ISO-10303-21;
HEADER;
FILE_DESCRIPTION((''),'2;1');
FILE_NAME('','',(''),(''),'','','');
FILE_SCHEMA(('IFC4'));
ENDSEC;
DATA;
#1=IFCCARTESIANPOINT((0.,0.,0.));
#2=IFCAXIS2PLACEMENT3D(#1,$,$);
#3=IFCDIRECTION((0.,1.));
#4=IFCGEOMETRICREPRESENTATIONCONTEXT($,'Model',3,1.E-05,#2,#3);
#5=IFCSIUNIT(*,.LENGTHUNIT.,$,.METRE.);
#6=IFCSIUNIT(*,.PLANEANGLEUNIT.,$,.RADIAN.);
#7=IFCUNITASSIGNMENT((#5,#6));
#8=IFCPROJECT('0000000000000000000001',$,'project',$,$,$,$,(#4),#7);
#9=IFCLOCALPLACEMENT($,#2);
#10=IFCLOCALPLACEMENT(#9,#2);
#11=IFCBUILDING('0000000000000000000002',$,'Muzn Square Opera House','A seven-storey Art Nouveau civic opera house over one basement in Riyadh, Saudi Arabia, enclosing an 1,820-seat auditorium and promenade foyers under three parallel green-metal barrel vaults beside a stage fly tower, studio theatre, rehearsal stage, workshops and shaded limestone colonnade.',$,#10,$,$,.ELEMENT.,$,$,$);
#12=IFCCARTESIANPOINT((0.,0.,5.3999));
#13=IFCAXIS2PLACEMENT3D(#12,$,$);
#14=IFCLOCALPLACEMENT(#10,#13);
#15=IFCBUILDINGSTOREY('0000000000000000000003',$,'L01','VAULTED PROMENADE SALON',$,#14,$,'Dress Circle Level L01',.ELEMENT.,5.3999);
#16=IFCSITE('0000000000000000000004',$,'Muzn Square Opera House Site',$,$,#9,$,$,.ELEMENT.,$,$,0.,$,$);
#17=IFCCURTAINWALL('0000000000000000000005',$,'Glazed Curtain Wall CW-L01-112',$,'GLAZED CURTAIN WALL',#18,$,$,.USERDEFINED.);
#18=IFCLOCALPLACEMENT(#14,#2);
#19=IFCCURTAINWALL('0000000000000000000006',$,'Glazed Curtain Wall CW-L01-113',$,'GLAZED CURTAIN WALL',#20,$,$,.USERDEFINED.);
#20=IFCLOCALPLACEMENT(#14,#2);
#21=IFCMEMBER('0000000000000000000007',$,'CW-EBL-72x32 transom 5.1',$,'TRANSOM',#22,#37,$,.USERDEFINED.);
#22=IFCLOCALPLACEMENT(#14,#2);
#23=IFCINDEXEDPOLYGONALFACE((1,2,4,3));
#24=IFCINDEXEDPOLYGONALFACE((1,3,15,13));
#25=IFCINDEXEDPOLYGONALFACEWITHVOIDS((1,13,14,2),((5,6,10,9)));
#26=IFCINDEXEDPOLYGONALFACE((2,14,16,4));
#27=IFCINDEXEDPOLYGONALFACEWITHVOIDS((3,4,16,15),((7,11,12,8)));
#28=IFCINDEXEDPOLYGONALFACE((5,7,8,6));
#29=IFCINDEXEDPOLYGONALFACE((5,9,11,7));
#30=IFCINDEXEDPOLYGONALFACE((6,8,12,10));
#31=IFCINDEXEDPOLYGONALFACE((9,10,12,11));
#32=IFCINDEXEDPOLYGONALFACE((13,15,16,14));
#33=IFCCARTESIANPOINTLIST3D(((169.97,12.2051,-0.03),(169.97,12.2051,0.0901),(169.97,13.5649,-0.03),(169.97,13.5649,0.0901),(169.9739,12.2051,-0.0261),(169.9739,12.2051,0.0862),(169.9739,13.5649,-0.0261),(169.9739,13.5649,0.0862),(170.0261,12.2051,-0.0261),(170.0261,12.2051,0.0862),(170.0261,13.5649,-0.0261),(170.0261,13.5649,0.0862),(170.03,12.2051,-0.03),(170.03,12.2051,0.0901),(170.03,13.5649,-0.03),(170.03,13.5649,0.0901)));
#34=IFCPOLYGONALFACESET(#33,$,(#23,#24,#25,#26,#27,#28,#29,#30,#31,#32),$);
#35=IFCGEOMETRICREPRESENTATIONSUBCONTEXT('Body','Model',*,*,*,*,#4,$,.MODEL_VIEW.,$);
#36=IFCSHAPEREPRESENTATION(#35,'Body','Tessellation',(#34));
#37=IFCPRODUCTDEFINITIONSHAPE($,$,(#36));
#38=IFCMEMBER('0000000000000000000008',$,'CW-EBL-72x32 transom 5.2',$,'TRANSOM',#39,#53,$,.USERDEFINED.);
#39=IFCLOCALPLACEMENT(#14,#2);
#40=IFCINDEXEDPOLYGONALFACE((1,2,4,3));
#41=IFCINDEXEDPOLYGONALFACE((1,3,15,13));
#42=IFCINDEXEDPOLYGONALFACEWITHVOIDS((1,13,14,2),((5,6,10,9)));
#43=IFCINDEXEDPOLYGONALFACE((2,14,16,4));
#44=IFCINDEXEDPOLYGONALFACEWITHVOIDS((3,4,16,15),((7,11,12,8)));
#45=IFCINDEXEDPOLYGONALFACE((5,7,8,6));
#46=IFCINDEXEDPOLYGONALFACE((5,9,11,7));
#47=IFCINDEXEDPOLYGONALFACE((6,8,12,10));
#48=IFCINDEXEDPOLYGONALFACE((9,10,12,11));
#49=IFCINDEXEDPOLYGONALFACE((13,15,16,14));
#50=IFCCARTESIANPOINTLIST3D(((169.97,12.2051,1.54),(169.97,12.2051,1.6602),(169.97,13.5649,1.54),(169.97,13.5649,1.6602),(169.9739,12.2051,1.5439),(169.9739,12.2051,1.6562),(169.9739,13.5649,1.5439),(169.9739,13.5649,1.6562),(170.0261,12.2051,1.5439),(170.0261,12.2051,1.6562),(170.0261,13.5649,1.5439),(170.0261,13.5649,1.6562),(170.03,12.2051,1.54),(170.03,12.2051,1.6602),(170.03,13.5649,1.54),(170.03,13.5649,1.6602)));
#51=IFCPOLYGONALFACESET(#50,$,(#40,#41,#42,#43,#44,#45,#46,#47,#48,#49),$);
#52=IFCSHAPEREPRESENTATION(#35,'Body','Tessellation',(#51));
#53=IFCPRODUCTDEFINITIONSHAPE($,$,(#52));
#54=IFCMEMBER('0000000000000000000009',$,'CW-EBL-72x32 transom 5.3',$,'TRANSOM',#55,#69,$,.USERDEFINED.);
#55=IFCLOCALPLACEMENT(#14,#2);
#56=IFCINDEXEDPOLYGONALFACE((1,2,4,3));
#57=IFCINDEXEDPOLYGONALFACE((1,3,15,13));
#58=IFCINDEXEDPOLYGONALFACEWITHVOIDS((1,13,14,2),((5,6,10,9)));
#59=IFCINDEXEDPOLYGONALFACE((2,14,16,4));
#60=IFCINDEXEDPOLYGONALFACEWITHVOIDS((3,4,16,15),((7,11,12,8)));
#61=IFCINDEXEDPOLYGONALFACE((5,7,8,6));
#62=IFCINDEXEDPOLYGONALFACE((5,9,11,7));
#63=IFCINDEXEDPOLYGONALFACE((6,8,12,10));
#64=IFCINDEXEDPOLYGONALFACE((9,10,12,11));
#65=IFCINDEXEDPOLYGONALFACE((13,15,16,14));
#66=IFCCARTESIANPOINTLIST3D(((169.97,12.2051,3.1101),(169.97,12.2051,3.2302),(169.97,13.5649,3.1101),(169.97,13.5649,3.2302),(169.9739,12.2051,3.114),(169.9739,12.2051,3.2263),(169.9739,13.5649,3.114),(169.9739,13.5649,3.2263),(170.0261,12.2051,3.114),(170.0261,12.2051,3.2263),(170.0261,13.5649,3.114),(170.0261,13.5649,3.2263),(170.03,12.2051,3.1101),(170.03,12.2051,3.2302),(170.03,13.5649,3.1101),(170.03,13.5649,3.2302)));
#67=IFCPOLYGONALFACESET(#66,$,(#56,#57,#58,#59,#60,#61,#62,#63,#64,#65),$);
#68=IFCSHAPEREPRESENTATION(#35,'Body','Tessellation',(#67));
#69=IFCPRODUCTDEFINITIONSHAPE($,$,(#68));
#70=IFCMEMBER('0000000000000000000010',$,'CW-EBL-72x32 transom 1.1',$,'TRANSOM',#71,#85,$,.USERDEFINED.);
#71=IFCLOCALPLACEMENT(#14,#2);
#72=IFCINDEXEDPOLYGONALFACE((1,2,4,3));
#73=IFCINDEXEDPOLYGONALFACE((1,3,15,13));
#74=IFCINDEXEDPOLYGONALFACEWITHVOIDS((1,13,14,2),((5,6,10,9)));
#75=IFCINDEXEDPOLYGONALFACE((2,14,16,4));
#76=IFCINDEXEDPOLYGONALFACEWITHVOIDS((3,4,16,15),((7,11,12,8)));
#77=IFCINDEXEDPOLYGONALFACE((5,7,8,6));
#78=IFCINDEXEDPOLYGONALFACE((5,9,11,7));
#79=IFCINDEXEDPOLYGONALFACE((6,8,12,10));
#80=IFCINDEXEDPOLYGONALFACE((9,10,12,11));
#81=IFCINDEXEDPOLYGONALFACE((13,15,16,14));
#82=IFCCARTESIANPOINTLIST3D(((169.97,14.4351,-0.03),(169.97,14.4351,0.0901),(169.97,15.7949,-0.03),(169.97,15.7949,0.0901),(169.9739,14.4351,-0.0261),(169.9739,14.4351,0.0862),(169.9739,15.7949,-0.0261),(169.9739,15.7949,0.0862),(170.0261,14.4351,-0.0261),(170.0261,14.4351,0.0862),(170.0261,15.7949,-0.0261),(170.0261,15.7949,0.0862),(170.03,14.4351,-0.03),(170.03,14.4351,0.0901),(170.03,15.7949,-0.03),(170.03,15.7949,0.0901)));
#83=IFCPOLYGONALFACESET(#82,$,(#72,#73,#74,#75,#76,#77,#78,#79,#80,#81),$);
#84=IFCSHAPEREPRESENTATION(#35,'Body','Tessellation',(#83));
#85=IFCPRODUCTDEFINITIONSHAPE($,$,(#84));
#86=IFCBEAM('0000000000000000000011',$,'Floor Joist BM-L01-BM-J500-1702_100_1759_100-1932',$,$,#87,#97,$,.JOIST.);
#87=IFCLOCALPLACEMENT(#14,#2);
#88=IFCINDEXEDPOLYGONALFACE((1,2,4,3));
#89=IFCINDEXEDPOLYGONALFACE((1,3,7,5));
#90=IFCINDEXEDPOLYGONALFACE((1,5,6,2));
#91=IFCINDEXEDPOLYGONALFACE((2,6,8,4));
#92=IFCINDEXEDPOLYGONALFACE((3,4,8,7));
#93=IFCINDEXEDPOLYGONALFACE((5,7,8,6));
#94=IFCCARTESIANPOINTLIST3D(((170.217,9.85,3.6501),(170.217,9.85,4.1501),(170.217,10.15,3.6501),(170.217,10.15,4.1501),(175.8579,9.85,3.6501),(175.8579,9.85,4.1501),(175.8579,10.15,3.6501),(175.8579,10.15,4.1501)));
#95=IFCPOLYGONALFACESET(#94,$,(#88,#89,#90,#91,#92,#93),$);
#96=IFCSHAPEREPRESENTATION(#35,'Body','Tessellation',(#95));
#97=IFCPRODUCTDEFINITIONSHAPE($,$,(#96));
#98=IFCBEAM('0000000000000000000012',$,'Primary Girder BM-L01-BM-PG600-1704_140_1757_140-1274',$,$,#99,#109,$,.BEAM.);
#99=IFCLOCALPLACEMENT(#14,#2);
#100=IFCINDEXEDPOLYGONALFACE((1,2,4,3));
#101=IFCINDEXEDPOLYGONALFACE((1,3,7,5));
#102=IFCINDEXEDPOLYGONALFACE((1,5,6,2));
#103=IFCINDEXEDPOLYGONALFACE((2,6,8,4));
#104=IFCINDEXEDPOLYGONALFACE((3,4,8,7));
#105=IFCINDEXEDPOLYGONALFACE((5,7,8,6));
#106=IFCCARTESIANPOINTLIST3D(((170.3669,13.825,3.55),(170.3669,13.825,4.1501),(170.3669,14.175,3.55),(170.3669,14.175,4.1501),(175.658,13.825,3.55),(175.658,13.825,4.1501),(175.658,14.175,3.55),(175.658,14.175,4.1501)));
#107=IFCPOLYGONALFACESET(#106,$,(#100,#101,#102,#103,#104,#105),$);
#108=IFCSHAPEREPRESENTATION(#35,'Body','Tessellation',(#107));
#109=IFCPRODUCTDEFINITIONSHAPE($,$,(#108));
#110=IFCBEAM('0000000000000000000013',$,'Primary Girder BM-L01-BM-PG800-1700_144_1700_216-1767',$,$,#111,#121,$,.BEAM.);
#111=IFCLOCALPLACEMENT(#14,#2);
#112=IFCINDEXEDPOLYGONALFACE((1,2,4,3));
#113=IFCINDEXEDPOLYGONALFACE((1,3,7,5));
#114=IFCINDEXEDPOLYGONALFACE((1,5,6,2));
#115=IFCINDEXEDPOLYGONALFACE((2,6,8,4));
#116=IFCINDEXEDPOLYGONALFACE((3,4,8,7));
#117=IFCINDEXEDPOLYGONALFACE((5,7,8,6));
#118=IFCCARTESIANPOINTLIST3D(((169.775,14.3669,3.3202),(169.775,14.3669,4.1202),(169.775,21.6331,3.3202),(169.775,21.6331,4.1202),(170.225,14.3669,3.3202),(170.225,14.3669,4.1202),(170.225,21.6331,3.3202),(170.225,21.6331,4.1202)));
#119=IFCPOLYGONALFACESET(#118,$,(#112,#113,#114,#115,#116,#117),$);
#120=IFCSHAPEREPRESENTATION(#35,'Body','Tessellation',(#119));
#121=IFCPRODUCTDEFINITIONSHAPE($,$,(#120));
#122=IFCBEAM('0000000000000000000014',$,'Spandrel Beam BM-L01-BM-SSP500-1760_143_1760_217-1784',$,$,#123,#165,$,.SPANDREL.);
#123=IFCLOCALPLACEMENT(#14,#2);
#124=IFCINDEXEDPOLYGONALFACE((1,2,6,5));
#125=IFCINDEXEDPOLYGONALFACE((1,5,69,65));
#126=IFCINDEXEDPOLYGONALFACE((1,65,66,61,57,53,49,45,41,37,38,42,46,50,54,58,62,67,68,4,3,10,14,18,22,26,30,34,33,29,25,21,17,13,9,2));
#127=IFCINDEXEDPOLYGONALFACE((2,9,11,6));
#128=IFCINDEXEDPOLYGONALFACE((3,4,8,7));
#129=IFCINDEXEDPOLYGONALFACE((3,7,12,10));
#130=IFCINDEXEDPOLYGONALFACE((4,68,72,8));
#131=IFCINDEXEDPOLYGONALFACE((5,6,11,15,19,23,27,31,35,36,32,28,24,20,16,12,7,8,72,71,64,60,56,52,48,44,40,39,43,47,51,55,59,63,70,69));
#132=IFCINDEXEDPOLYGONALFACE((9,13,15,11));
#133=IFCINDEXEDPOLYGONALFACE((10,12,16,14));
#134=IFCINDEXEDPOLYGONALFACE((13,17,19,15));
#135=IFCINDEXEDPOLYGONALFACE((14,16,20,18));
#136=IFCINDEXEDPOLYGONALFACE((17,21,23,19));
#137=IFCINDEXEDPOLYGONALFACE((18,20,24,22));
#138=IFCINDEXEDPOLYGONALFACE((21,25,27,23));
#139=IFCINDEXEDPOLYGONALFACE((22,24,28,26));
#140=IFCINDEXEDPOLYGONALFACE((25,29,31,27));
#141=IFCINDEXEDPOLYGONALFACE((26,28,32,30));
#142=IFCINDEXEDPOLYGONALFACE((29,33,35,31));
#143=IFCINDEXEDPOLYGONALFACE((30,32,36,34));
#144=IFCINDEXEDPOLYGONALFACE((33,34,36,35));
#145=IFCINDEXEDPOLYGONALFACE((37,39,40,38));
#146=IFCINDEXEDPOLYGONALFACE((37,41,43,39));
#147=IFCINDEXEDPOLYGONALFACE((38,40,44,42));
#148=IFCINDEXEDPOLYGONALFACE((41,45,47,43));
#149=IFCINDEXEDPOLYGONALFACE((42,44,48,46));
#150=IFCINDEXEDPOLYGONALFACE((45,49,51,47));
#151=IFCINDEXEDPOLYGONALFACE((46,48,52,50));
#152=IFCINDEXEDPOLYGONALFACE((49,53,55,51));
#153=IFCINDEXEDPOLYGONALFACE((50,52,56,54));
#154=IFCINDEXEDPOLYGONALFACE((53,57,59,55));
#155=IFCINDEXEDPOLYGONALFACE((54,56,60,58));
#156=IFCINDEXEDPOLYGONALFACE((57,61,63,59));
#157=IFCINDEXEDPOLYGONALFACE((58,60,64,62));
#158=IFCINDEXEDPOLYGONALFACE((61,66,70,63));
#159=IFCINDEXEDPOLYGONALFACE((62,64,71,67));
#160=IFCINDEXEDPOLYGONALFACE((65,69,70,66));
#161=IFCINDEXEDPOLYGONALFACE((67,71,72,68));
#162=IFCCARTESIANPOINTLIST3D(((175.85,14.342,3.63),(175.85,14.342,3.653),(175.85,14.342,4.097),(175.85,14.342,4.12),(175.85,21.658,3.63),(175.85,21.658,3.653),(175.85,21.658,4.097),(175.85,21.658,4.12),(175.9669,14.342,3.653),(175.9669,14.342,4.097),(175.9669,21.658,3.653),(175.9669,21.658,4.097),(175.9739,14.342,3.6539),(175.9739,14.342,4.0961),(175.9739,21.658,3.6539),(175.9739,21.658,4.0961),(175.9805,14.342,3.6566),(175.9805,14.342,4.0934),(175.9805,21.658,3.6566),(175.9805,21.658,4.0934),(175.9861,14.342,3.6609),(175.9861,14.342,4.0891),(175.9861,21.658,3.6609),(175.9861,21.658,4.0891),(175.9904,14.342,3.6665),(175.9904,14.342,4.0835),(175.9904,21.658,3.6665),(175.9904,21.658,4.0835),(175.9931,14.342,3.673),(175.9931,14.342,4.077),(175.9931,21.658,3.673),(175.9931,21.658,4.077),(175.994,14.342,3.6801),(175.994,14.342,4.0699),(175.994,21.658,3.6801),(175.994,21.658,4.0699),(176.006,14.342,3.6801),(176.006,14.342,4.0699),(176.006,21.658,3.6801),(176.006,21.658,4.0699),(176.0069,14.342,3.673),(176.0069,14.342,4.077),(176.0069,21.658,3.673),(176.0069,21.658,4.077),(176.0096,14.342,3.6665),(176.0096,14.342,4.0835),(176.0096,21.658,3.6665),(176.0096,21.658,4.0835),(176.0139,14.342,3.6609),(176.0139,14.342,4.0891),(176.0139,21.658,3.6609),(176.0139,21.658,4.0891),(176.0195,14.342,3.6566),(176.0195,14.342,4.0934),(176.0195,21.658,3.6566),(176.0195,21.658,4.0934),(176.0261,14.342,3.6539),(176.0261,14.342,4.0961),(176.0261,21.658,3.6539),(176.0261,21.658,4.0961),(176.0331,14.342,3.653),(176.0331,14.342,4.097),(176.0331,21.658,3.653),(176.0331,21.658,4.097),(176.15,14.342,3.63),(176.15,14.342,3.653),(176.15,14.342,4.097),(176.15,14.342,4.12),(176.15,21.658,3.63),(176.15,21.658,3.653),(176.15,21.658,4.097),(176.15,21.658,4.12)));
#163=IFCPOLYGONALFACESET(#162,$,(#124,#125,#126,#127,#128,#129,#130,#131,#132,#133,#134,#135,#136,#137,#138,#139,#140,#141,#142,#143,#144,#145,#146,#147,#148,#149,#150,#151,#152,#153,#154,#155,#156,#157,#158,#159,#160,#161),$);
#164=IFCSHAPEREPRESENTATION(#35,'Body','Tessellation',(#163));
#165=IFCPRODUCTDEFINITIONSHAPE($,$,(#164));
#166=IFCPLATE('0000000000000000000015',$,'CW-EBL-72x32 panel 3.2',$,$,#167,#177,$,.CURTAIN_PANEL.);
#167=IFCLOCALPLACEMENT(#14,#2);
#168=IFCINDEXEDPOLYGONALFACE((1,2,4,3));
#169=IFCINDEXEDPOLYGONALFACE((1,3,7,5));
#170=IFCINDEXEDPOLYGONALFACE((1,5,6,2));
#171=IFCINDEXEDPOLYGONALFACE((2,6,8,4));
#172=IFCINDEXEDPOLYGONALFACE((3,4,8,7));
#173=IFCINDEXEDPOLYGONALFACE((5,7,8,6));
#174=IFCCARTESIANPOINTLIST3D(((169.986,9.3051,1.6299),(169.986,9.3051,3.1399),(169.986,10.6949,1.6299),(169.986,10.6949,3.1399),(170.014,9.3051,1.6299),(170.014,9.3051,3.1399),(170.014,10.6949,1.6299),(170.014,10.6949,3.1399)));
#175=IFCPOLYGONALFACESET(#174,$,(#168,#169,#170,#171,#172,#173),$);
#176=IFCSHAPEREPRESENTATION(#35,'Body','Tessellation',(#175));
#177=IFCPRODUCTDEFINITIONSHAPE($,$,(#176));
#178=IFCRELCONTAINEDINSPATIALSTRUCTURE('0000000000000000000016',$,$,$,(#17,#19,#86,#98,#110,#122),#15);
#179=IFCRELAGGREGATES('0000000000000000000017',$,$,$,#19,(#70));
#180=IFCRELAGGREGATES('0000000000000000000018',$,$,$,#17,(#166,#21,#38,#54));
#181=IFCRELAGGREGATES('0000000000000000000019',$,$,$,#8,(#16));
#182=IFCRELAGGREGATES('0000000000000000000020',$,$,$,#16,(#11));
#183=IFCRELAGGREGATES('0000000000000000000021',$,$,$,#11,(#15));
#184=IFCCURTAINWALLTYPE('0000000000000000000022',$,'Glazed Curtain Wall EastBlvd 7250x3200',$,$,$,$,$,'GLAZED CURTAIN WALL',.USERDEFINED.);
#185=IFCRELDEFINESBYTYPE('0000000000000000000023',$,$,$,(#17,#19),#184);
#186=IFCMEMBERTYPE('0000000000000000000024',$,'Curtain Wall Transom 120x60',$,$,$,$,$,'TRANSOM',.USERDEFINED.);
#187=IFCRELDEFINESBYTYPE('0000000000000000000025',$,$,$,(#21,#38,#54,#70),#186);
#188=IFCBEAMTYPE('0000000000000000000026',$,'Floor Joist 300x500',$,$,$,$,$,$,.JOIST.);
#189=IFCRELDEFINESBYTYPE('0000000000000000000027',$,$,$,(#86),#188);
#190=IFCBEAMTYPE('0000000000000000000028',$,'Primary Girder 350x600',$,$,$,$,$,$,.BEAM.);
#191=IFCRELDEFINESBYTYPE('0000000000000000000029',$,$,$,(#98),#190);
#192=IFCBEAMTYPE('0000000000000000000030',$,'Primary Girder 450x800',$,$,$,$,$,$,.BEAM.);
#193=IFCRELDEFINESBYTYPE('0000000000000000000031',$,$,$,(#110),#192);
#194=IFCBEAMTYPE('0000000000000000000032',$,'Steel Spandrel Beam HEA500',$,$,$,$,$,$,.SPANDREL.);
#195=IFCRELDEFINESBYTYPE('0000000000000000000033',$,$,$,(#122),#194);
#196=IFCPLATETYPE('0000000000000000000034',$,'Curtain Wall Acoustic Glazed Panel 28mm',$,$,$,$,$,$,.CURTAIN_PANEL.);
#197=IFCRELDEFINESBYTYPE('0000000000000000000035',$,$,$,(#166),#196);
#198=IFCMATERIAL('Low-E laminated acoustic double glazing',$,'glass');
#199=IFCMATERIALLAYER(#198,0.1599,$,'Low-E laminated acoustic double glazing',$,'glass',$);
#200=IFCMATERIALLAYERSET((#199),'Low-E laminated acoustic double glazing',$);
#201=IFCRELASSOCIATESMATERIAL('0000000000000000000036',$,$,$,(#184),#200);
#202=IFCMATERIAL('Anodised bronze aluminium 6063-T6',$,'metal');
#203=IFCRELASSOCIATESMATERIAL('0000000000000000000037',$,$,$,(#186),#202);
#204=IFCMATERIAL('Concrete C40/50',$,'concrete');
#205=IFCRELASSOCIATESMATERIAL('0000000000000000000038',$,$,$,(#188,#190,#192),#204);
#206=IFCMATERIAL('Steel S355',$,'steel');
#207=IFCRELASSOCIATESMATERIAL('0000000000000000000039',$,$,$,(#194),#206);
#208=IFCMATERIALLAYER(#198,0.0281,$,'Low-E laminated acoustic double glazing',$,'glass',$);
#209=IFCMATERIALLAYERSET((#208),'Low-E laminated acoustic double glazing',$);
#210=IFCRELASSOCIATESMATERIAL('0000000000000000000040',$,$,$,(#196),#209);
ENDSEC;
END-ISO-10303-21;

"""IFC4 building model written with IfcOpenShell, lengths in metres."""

from ifc_helpers import new_model, si_unit, direction, frame, origin, origin_2d, place, context, subcontext, project, spatial, rectangle, hollow_rectangle, i_section, extrude, material, layer, layer_set, material_profile, profile_set, type_object, element, aggregate, save


model = new_model("IFC4")

# Units and contexts
model_context = context("Model", 3, precision=1e-05, world=origin(), true_north=direction((0.0, 1.0)))
body_context = subcontext(model_context, "Body", "Model", "MODEL_VIEW")
ifc_project = project(units=[si_unit("LENGTHUNIT", "METRE"), si_unit("PLANEANGLEUNIT", "RADIAN")], contexts=[model_context])

# Site, building, storey
site_placement = place(None, origin())
site = spatial("IfcSite", under=ifc_project, at=site_placement, Name="Muzn Square Opera House Site", CompositionType="ELEMENT", RefElevation=0.0)
building_placement = place(site_placement, origin())
building = spatial("IfcBuilding", under=site, at=building_placement, Name="Muzn Square Opera House", Description="A seven-storey Art Nouveau civic opera house over one basement in Riyadh, Saudi Arabia, enclosing an 1,820-seat auditorium and promenade foyers under three parallel green-metal barrel vaults beside a stage fly tower, studio theatre, rehearsal stage, workshops and shaded limestone colonnade.", CompositionType="ELEMENT")
storey_placement = place(building_placement, frame((0.0, 0.0, 5.3999)))
storey = spatial("IfcBuildingStorey", under=building, at=storey_placement, Name="L01", Description="VAULTED PROMENADE SALON", LongName="Dress Circle Level L01", CompositionType="ELEMENT", Elevation=5.3999)

# Curtain wall
ifc_material_1 = material(Name="Low-E laminated acoustic double glazing", Category="glass")
ifc_layer_1 = layer(ifc_material_1, 0.1599, Name="Low-E laminated acoustic double glazing", Category="glass")
ifc_layer_set_1 = layer_set([ifc_layer_1], Name="Low-E laminated acoustic double glazing")
curtain_wall_type = type_object("IfcCurtainWallType", Name="Glazed Curtain Wall EastBlvd 7250x3200", ElementType="GLAZED CURTAIN WALL", PredefinedType="USERDEFINED", material=ifc_layer_set_1)
curtain_wall_1_placement = place(storey_placement, origin())
curtain_wall_1 = element("IfcCurtainWall", 1, at=curtain_wall_1_placement, inside=storey, type_object=curtain_wall_type, Name="Glazed Curtain Wall CW-L01-112", ObjectType="GLAZED CURTAIN WALL", PredefinedType="USERDEFINED")
ifc_material_2 = material(Name="Anodised bronze aluminium 6063-T6", Category="metal")

# Curtain wall
curtain_wall_2_placement = place(storey_placement, origin())
curtain_wall_2 = element("IfcCurtainWall", 2, at=curtain_wall_2_placement, inside=storey, type_object=curtain_wall_type, Name="Glazed Curtain Wall CW-L01-113", ObjectType="GLAZED CURTAIN WALL", PredefinedType="USERDEFINED")

# Members
ifc_material_profile_1 = material_profile(ifc_material_2, hollow_rectangle(XDim=0.0601, YDim=0.1201, WallThickness=0.0039, at=origin_2d()), Name="ALU 120x60x4", Category="metal")
ifc_profile_set_1 = profile_set([ifc_material_profile_1], Name="Anodised bronze aluminium 6063-T6")
member_type_1 = type_object("IfcMemberType", Name="Curtain Wall Transom 120x60", ElementType="TRANSOM", PredefinedType="USERDEFINED", material=ifc_profile_set_1)
member_1_placement = place(storey_placement, frame((170.0, 12.2051, 0.03), z_axis=(0.0, 1.0, 0.0), x_axis=(-1.0, 0.0, 0.0)))
member_1 = element("IfcMember", 3, at=member_1_placement, type_object=member_type_1, Name="CW-EBL-72x32 transom 5.1", ObjectType="TRANSOM", PredefinedType="USERDEFINED", context=body_context, shape_type="SweptSolid", body=[
    extrude(hollow_rectangle(XDim=0.0601, YDim=0.1201, WallThickness=0.0039, at=origin_2d()), origin(), (0.0, 0.0, 1.0), 1.3599),
])
member_2_placement = place(storey_placement, frame((170.0, 12.2051, 1.6001), z_axis=(0.0, 1.0, 0.0), x_axis=(-1.0, 0.0, 0.0)))
member_2 = element("IfcMember", 4, at=member_2_placement, type_object=member_type_1, Name="CW-EBL-72x32 transom 5.2", ObjectType="TRANSOM", PredefinedType="USERDEFINED", context=body_context, shape_type="SweptSolid", body=[
    extrude(hollow_rectangle(XDim=0.0601, YDim=0.1201, WallThickness=0.0039, at=origin_2d()), origin(), (0.0, 0.0, 1.0), 1.3599),
])
member_3_placement = place(storey_placement, frame((170.0, 12.2051, 3.1702), z_axis=(0.0, 1.0, 0.0), x_axis=(-1.0, 0.0, 0.0)))
member_3 = element("IfcMember", 5, at=member_3_placement, type_object=member_type_1, Name="CW-EBL-72x32 transom 5.3", ObjectType="TRANSOM", PredefinedType="USERDEFINED", context=body_context, shape_type="SweptSolid", body=[
    extrude(hollow_rectangle(XDim=0.0601, YDim=0.1201, WallThickness=0.0039, at=origin_2d()), origin(), (0.0, 0.0, 1.0), 1.3599),
])
member_4_placement = place(storey_placement, frame((170.0, 14.4351, 0.03), z_axis=(0.0, 1.0, 0.0), x_axis=(-1.0, 0.0, 0.0)))
member_4 = element("IfcMember", 6, at=member_4_placement, type_object=member_type_1, Name="CW-EBL-72x32 transom 1.1", ObjectType="TRANSOM", PredefinedType="USERDEFINED", context=body_context, shape_type="SweptSolid", body=[
    extrude(hollow_rectangle(XDim=0.0601, YDim=0.1201, WallThickness=0.0039, at=origin_2d()), origin(), (0.0, 0.0, 1.0), 1.3599),
])
aggregate(curtain_wall_2, [member_4])

# Beams
ifc_material_3 = material(Name="Concrete C40/50", Category="concrete")
ifc_material_profile_2 = material_profile(ifc_material_3, rectangle(XDim=0.3, YDim=0.5, at=origin_2d()), Name="RCJ 300x500", Category="concrete")
ifc_profile_set_2 = profile_set([ifc_material_profile_2], Name="Concrete C40/50")
beam_type_1 = type_object("IfcBeamType", Name="Floor Joist 300x500", PredefinedType="JOIST", material=ifc_profile_set_2)
beam_1_placement = place(storey_placement, frame((170.217, 10.0, 3.9001), z_axis=(1.0, 0.0, 0.0), x_axis=(0.0, 1.0, 0.0)))
element("IfcBeam", 7, at=beam_1_placement, inside=storey, type_object=beam_type_1, Name="Floor Joist BM-L01-BM-J500-1702_100_1759_100-1932", PredefinedType="JOIST", context=body_context, shape_type="SweptSolid", body=[
    extrude(rectangle(XDim=0.3, YDim=0.5, at=origin_2d()), origin(), (0.0, 0.0, 1.0), 5.6409),
])
ifc_material_profile_3 = material_profile(ifc_material_3, rectangle(XDim=0.3501, YDim=0.6001, at=origin_2d()), Name="RCB 350x600", Category="concrete")
ifc_profile_set_3 = profile_set([ifc_material_profile_3], Name="Concrete C40/50")
beam_type_2 = type_object("IfcBeamType", Name="Primary Girder 350x600", PredefinedType="BEAM", material=ifc_profile_set_3)
beam_2_placement = place(storey_placement, frame((170.3669, 14.0, 3.8501), z_axis=(1.0, 0.0, 0.0), x_axis=(0.0, 1.0, 0.0)))
element("IfcBeam", 8, at=beam_2_placement, inside=storey, type_object=beam_type_2, Name="Primary Girder BM-L01-BM-PG600-1704_140_1757_140-1274", PredefinedType="BEAM", context=body_context, shape_type="SweptSolid", body=[
    extrude(rectangle(XDim=0.3501, YDim=0.6001, at=origin_2d()), origin(), (0.0, 0.0, 1.0), 5.291),
])
ifc_material_profile_4 = material_profile(ifc_material_3, rectangle(XDim=0.45, YDim=0.8, at=origin_2d()), Name="RCB 450x800", Category="concrete")
ifc_profile_set_4 = profile_set([ifc_material_profile_4], Name="Concrete C40/50")
beam_type_3 = type_object("IfcBeamType", Name="Primary Girder 450x800", PredefinedType="BEAM", material=ifc_profile_set_4)
beam_3_placement = place(storey_placement, frame((170.0, 14.3669, 3.7202), z_axis=(0.0, 1.0, 0.0), x_axis=(-1.0, 0.0, 0.0)))
element("IfcBeam", 9, at=beam_3_placement, inside=storey, type_object=beam_type_3, Name="Primary Girder BM-L01-BM-PG800-1700_144_1700_216-1767", PredefinedType="BEAM", context=body_context, shape_type="SweptSolid", body=[
    extrude(rectangle(XDim=0.45, YDim=0.8, at=origin_2d()), origin(), (0.0, 0.0, 1.0), 7.2661),
])
ifc_material_4 = material(Name="Steel S355", Category="steel")
ifc_material_profile_5 = material_profile(ifc_material_4, i_section(OverallWidth=0.3, OverallDepth=0.49, WebThickness=0.012, FlangeThickness=0.0229, FilletRadius=0.0271, at=origin_2d()), Name="HEA 500", Category="steel")
ifc_profile_set_5 = profile_set([ifc_material_profile_5], Name="Steel S355")
beam_type_4 = type_object("IfcBeamType", Name="Steel Spandrel Beam HEA500", PredefinedType="SPANDREL", material=ifc_profile_set_5)
beam_4_placement = place(storey_placement, frame((176.0, 14.342, 3.875), z_axis=(0.0, 1.0, 0.0), x_axis=(-1.0, 0.0, 0.0)))
element("IfcBeam", 10, at=beam_4_placement, inside=storey, type_object=beam_type_4, Name="Spandrel Beam BM-L01-BM-SSP500-1760_143_1760_217-1784", PredefinedType="SPANDREL", context=body_context, shape_type="SweptSolid", body=[
    extrude(i_section(OverallWidth=0.3, OverallDepth=0.49, WebThickness=0.012, FlangeThickness=0.0229, FilletRadius=0.0271, at=origin_2d()), origin(), (0.0, 0.0, 1.0), 7.3159),
])

# Plate
ifc_layer_2 = layer(ifc_material_1, 0.0281, Name="Low-E laminated acoustic double glazing", Category="glass")
ifc_layer_set_2 = layer_set([ifc_layer_2], Name="Low-E laminated acoustic double glazing")
plate_type = type_object("IfcPlateType", Name="Curtain Wall Acoustic Glazed Panel 28mm", PredefinedType="CURTAIN_PANEL", material=ifc_layer_set_2)
plate_1_placement = place(storey_placement, frame((170.0, 10.0, 1.6299), z_axis=(0.0, 0.0, 1.0), x_axis=(0.0, 1.0, 0.0)))
plate_1 = element("IfcPlate", 11, at=plate_1_placement, type_object=plate_type, Name="CW-EBL-72x32 panel 3.2", PredefinedType="CURTAIN_PANEL", context=body_context, shape_type="SweptSolid", body=[
    extrude(rectangle(XDim=1.3899, YDim=0.0281, at=origin_2d()), origin(), (0.0, 0.0, 1.0), 1.51),
])
aggregate(curtain_wall_1, [plate_1, member_1, member_2, member_3])

save(model, "model.ifc")
